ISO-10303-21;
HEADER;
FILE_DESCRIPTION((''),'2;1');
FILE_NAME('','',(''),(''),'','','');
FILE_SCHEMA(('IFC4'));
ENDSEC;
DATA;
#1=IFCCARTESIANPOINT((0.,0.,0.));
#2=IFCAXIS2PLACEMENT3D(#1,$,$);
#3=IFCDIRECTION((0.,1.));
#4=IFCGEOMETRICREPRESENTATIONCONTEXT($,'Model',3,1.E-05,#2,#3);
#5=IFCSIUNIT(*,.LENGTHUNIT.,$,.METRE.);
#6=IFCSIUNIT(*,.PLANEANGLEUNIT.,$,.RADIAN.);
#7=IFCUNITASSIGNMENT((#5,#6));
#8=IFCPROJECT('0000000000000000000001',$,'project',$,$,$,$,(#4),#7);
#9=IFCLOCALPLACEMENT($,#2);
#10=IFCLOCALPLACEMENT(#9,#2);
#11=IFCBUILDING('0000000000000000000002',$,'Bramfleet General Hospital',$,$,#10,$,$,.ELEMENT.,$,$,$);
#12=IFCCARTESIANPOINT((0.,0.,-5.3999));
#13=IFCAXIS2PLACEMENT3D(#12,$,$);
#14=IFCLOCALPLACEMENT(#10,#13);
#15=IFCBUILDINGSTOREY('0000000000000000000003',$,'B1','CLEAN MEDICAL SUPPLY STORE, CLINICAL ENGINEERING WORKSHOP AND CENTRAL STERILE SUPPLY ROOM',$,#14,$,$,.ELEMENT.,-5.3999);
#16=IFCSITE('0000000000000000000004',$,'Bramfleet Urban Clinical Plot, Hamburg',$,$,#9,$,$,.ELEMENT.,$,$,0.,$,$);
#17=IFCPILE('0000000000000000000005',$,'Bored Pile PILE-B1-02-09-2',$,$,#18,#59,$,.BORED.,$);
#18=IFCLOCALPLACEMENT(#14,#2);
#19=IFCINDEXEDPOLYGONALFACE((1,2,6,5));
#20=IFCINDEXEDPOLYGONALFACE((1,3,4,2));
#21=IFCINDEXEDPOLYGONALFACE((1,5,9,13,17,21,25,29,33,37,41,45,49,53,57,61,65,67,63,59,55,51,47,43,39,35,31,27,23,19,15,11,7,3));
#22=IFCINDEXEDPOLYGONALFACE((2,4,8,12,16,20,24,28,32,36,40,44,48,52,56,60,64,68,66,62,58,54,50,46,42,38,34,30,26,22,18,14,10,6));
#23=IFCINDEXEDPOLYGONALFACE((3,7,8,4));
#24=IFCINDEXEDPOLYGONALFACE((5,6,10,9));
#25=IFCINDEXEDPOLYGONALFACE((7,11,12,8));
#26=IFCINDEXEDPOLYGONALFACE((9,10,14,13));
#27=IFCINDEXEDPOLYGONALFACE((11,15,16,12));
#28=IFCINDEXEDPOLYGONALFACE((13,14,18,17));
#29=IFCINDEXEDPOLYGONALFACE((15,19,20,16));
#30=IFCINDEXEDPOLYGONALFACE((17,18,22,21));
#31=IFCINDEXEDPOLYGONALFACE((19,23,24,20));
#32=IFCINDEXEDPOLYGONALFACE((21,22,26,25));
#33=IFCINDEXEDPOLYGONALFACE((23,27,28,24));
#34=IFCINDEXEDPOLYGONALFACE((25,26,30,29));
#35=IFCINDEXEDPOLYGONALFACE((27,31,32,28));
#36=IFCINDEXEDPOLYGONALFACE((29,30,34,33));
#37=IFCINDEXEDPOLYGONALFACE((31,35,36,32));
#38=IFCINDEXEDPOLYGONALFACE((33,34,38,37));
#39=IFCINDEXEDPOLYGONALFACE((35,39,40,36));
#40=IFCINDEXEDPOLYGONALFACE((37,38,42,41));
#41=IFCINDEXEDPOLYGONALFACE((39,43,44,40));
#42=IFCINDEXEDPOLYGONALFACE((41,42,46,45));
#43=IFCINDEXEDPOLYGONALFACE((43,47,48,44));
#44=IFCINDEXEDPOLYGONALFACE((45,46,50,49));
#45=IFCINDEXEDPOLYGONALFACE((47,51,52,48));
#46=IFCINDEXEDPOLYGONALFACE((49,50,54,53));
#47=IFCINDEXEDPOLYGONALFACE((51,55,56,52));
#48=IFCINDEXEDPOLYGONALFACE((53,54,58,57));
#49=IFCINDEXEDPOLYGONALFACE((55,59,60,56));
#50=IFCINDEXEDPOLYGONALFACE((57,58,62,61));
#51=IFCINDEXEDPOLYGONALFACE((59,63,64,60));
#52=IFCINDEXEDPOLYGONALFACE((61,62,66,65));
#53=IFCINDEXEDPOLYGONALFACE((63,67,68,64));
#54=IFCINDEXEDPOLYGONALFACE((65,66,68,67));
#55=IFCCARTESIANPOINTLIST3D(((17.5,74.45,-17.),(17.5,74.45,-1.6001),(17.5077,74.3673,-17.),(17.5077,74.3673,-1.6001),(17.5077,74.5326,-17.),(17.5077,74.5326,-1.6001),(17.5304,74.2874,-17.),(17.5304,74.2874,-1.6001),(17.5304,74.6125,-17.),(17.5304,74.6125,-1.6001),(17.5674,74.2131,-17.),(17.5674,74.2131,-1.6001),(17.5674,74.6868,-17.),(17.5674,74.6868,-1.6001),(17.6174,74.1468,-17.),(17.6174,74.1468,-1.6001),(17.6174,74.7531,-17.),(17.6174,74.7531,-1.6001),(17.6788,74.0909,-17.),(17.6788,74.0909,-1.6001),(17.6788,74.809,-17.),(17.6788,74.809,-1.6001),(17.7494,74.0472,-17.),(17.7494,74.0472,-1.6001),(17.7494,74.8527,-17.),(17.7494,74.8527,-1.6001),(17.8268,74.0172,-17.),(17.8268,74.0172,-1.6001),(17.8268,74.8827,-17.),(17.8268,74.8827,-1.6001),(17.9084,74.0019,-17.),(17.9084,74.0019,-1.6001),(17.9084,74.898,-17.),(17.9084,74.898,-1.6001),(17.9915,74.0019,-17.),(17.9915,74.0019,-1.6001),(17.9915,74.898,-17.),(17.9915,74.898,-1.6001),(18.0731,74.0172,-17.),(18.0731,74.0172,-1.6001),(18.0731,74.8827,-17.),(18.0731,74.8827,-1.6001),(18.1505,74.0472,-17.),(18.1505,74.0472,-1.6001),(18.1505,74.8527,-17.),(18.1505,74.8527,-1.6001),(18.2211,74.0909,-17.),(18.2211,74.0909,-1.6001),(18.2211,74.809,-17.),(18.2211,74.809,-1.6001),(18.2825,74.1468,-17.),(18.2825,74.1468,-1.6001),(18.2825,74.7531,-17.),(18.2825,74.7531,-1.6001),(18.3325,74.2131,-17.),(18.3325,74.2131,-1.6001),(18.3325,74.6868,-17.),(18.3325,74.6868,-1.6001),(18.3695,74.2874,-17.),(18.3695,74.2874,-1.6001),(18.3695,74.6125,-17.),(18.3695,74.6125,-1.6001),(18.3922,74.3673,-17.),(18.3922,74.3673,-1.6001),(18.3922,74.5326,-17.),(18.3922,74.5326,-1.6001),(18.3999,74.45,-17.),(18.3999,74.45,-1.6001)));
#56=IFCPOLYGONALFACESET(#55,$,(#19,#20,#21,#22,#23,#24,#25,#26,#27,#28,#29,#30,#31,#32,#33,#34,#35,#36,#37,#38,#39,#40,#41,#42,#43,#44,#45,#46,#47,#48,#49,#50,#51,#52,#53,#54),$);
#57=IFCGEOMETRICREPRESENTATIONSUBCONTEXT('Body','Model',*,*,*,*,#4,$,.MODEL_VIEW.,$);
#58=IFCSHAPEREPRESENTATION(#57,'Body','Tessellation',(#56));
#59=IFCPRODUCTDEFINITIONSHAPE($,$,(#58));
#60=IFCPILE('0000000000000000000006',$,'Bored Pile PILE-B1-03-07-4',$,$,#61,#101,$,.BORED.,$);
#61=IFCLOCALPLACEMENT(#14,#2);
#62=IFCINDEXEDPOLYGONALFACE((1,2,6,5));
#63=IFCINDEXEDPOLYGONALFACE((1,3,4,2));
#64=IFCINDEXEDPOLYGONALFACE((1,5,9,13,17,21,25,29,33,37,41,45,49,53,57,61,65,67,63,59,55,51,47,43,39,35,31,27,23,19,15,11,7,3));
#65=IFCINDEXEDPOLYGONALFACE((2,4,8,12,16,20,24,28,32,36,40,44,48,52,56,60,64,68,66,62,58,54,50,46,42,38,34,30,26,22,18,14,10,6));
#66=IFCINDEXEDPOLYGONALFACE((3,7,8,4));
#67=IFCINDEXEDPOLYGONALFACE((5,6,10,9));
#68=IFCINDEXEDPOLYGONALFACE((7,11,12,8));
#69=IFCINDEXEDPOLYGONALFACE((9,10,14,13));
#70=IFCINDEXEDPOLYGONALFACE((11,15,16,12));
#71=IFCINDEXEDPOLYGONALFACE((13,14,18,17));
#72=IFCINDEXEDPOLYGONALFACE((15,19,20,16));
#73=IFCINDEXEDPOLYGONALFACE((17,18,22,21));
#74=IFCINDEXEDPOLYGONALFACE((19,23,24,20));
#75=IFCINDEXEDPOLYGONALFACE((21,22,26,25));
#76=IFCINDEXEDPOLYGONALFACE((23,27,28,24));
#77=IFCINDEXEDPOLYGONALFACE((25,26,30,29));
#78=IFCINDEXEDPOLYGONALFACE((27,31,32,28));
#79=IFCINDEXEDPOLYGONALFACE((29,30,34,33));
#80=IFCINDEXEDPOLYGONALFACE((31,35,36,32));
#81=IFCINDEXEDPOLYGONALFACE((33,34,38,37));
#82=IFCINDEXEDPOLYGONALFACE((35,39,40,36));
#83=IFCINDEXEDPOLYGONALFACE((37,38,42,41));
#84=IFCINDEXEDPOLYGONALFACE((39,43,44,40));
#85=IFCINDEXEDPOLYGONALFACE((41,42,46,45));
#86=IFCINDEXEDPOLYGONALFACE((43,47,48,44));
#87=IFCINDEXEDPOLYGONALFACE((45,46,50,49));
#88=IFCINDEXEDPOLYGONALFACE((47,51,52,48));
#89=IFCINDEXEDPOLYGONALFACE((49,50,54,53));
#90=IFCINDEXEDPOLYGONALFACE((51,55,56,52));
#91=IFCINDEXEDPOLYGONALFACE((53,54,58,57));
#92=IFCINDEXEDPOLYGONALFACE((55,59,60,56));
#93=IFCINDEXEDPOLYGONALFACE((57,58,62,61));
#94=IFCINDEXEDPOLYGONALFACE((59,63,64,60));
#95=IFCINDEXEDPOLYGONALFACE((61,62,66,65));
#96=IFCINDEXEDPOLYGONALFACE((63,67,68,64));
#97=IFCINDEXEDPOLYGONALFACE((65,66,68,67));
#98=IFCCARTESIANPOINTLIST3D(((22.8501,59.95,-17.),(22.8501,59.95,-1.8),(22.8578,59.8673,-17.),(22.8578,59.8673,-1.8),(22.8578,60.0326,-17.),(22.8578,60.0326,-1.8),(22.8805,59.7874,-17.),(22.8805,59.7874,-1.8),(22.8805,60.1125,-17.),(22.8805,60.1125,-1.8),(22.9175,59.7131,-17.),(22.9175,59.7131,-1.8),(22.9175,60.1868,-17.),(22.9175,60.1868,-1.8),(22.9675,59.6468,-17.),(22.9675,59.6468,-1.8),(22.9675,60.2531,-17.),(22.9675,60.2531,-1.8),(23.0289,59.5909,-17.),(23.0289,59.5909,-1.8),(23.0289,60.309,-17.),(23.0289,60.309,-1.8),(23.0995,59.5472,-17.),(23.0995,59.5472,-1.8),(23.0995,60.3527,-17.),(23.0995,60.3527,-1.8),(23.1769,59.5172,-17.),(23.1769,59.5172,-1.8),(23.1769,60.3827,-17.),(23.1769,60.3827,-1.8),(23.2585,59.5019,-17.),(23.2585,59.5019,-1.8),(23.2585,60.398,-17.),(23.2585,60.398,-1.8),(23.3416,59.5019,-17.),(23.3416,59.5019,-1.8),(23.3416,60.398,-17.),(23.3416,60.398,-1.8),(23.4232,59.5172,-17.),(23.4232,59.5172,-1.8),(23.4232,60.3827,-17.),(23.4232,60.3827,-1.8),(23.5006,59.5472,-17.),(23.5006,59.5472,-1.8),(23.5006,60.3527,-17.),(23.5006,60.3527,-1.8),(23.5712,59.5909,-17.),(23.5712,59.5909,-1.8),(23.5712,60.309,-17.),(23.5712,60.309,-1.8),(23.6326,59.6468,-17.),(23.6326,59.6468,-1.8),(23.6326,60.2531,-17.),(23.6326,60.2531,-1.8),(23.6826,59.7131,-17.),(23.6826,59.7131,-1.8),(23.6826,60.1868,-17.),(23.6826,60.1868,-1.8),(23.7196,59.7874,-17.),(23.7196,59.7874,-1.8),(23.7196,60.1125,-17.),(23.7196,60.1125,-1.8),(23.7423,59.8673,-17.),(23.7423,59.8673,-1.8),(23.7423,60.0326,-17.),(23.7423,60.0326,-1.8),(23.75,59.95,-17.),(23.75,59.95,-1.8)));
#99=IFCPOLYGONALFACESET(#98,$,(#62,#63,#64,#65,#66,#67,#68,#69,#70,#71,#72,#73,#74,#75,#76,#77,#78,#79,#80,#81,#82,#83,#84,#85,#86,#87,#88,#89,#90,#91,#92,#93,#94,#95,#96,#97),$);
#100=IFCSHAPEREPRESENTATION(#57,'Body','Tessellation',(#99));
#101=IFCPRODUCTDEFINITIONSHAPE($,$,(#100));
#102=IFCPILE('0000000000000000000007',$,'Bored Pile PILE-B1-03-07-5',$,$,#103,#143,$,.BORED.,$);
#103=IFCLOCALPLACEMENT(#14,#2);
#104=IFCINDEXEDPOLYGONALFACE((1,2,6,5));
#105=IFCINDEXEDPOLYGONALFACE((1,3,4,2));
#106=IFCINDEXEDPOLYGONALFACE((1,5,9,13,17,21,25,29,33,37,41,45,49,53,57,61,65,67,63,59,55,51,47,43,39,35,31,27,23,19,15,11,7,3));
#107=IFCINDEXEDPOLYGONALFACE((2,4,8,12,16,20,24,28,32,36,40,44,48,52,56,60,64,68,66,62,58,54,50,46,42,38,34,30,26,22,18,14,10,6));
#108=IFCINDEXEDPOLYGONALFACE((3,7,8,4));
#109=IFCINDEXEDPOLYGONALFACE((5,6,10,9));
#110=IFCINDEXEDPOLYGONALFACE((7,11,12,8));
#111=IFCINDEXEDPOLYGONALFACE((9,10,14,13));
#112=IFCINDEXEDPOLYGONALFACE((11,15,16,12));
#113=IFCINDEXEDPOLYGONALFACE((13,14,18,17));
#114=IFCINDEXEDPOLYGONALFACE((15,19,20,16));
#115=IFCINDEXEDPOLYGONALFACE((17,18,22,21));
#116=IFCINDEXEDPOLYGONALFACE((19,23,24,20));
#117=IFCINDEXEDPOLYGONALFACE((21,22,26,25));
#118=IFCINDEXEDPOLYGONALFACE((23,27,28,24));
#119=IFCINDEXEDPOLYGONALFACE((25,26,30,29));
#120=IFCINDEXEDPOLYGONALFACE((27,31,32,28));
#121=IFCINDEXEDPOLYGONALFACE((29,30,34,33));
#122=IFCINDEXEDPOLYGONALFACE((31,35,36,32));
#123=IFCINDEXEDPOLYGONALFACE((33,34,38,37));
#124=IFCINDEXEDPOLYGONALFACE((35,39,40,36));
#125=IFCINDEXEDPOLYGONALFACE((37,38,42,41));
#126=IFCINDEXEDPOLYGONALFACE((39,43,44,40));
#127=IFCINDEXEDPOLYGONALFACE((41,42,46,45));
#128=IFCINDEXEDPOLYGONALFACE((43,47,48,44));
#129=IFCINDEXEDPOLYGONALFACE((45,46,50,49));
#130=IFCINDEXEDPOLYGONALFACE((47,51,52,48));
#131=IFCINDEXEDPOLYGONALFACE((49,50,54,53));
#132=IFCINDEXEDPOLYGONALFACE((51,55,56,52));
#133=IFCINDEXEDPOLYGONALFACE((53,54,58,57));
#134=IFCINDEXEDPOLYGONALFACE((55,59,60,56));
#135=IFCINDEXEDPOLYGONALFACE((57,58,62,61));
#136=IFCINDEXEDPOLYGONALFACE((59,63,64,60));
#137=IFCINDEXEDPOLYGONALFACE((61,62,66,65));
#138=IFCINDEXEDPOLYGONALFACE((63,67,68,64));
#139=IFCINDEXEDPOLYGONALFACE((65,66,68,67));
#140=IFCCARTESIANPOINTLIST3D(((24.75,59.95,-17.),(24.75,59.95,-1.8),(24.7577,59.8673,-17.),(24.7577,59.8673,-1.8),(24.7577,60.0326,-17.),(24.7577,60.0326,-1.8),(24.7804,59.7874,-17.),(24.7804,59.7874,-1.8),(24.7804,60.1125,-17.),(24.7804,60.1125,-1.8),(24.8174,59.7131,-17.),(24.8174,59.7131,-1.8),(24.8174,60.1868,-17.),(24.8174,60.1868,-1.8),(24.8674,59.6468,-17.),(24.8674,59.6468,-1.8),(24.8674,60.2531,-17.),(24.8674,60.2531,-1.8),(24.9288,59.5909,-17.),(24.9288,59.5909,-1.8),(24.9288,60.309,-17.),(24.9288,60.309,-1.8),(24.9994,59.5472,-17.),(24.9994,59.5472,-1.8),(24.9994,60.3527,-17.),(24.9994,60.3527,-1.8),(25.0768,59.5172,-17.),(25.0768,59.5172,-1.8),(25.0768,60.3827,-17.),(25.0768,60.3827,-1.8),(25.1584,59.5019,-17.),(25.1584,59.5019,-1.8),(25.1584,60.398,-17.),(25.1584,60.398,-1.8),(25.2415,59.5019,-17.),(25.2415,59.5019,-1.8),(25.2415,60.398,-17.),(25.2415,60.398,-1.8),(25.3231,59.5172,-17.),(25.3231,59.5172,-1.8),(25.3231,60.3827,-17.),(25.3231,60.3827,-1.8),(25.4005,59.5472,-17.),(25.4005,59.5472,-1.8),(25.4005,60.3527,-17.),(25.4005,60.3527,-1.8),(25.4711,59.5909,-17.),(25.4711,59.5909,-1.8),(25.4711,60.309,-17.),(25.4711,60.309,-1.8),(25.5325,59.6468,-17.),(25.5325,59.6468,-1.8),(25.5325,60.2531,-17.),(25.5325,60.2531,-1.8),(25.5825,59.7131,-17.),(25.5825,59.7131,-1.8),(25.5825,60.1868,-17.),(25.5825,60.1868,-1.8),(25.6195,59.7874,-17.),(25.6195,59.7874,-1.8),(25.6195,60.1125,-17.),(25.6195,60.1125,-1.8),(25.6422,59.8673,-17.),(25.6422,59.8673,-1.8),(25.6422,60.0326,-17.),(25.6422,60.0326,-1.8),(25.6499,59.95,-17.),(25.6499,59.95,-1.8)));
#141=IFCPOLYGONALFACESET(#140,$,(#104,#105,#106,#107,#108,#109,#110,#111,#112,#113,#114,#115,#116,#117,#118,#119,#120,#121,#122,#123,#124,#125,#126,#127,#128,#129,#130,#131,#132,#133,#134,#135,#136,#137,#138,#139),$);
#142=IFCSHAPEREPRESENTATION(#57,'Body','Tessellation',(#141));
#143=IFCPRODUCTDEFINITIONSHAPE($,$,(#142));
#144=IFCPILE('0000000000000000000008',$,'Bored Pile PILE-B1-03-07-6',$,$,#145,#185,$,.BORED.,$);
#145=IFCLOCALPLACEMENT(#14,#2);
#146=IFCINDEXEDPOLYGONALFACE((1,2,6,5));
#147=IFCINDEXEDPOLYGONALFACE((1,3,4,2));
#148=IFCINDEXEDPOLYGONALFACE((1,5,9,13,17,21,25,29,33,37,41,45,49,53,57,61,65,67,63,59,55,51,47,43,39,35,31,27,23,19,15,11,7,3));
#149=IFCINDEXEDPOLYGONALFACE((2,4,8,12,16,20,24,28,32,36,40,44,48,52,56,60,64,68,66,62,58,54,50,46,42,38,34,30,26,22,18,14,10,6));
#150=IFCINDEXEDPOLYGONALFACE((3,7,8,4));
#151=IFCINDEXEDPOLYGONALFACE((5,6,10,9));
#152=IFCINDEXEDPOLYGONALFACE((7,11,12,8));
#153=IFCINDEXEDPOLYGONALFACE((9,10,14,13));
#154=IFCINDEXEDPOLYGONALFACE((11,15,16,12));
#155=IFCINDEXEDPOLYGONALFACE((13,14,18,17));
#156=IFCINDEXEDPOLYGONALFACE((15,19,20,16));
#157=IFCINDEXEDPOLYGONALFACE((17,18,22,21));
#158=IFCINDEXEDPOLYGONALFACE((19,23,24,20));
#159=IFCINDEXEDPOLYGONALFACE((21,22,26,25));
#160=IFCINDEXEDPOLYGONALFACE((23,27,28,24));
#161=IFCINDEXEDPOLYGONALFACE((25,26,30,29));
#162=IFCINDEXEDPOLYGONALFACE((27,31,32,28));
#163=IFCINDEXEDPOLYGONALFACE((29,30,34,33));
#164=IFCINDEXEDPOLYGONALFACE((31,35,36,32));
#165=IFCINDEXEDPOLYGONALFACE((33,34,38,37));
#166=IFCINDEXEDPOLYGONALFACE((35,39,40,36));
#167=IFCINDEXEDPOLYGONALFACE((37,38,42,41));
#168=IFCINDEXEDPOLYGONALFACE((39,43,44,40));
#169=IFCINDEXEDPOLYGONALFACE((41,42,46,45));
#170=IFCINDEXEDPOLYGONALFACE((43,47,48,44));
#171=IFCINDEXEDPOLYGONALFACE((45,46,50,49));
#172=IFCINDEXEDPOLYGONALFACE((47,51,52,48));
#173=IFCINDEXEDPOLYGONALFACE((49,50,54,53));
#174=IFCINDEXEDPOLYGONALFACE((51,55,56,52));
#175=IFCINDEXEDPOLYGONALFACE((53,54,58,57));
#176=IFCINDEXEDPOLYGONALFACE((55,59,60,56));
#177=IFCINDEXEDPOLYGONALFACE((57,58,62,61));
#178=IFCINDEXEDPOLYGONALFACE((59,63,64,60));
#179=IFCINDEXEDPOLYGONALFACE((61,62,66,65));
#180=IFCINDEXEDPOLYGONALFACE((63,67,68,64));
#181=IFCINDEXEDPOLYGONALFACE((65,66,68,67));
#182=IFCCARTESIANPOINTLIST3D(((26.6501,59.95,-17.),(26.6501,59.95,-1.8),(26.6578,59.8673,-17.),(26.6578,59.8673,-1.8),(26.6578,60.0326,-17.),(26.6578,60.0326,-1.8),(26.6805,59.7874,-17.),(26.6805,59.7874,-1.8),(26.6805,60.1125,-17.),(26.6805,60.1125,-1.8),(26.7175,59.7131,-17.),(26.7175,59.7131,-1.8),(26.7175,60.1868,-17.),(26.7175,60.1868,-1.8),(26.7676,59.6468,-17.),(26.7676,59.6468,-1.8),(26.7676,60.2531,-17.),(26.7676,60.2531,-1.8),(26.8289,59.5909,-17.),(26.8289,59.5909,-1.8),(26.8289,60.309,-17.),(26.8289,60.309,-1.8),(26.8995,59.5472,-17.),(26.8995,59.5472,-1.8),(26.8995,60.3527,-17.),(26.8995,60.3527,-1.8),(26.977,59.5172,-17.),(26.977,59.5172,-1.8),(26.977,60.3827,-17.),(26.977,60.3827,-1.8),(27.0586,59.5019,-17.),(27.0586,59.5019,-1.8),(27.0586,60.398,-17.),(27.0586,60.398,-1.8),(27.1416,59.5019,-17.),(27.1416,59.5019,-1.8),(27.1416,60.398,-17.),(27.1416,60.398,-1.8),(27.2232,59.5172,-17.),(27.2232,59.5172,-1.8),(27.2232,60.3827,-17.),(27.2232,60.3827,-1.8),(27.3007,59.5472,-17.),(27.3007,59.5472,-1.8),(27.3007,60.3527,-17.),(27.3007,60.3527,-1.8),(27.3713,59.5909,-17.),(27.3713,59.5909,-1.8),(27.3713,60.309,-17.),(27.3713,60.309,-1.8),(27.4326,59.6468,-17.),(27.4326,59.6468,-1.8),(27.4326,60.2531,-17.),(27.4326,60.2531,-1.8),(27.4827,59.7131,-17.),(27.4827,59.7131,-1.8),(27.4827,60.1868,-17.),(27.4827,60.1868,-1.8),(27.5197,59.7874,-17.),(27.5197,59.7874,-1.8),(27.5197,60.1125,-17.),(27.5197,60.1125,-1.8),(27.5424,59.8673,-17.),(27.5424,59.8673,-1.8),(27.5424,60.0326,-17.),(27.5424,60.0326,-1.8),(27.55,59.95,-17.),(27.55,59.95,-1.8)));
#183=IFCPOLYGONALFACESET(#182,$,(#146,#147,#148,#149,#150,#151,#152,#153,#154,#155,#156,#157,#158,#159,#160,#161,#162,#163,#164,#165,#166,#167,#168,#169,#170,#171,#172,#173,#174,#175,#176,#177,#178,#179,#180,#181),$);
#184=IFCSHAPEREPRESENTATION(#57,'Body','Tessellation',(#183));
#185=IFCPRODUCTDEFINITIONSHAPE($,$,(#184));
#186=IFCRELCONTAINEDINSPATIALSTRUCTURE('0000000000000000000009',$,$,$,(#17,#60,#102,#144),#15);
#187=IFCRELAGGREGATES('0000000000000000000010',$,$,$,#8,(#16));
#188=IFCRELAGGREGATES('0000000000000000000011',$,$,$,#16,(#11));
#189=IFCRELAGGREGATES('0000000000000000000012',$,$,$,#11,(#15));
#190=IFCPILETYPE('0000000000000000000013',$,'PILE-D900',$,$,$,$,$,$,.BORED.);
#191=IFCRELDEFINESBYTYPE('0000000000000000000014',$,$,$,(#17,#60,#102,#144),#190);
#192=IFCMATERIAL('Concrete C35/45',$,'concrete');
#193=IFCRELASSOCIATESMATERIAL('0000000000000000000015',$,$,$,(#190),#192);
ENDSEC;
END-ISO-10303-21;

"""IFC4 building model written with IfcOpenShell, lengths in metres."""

from ifc_helpers import new_model, si_unit, direction, frame, origin, origin_2d, place, context, subcontext, project, spatial, circle, extrude, material, material_profile, profile_set, type_object, element, save


model = new_model("IFC4")

# Units and contexts
model_context = context("Model", 3, precision=1e-05, world=origin(), true_north=direction((0.0, 1.0)))
body_context = subcontext(model_context, "Body", "Model", "MODEL_VIEW")
ifc_project = project(units=[si_unit("LENGTHUNIT", "METRE"), si_unit("PLANEANGLEUNIT", "RADIAN")], contexts=[model_context])

# Site, building, storey
site_placement = place(None, origin())
site = spatial("IfcSite", under=ifc_project, at=site_placement, Name="Bramfleet Urban Clinical Plot, Hamburg", CompositionType="ELEMENT", RefElevation=0.0)
building_placement = place(site_placement, origin())
building = spatial("IfcBuilding", under=site, at=building_placement, Name="Bramfleet General Hospital", CompositionType="ELEMENT")
storey_placement = place(building_placement, frame((0.0, 0.0, -5.3999)))
storey = spatial("IfcBuildingStorey", under=building, at=storey_placement, Name="B1", Description="CLEAN MEDICAL SUPPLY STORE, CLINICAL ENGINEERING WORKSHOP AND CENTRAL STERILE SUPPLY ROOM", CompositionType="ELEMENT", Elevation=-5.3999)

# Shared definitions
ifc_material_1 = material(Name="Concrete C35/45", Category="concrete")

# Piles
ifc_material_profile_1 = material_profile(ifc_material_1, circle(Radius=0.45, at=origin_2d()), Name="PILE BORED D900")
ifc_profile_set_1 = profile_set([ifc_material_profile_1], Name="Concrete C35/45")
pile_type = type_object("IfcPileType", Name="PILE-D900", PredefinedType="BORED", material=ifc_profile_set_1)
for number, where, z_axis, x_axis, name in (
    (1, (17.95, 74.45, -1.6001), (0.0, 0.0, -1.0), (1.0, 0.0, 0.0), "Bored Pile PILE-B1-02-09-2"),
):
    element("IfcPile", number, at=place(storey_placement, frame(where, z_axis=z_axis, x_axis=x_axis)), inside=storey, type_object=pile_type, Name=name, PredefinedType="BORED", context=body_context, shape_type="SweptSolid", body=[
        extrude(circle(Radius=0.45, at=origin_2d()), origin(), (0.0, 0.0, 1.0), 15.3999),
    ])
for number, where, z_axis, x_axis, name in (
    (2, (23.3, 59.95, -1.8), (0.0, 0.0, -1.0), (1.0, 0.0, 0.0), "Bored Pile PILE-B1-03-07-4"),
    (3, (25.2, 59.95, -1.8), (0.0, 0.0, -1.0), (1.0, 0.0, 0.0), "Bored Pile PILE-B1-03-07-5"),
    (4, (27.1001, 59.95, -1.8), (0.0, 0.0, -1.0), (1.0, 0.0, 0.0), "Bored Pile PILE-B1-03-07-6"),
):
    element("IfcPile", number, at=place(storey_placement, frame(where, z_axis=z_axis, x_axis=x_axis)), inside=storey, type_object=pile_type, Name=name, PredefinedType="BORED", context=body_context, shape_type="SweptSolid", body=[
        extrude(circle(Radius=0.45, at=origin_2d()), origin(), (0.0, 0.0, 1.0), 15.2),
    ])

save(model, "model.ifc")
